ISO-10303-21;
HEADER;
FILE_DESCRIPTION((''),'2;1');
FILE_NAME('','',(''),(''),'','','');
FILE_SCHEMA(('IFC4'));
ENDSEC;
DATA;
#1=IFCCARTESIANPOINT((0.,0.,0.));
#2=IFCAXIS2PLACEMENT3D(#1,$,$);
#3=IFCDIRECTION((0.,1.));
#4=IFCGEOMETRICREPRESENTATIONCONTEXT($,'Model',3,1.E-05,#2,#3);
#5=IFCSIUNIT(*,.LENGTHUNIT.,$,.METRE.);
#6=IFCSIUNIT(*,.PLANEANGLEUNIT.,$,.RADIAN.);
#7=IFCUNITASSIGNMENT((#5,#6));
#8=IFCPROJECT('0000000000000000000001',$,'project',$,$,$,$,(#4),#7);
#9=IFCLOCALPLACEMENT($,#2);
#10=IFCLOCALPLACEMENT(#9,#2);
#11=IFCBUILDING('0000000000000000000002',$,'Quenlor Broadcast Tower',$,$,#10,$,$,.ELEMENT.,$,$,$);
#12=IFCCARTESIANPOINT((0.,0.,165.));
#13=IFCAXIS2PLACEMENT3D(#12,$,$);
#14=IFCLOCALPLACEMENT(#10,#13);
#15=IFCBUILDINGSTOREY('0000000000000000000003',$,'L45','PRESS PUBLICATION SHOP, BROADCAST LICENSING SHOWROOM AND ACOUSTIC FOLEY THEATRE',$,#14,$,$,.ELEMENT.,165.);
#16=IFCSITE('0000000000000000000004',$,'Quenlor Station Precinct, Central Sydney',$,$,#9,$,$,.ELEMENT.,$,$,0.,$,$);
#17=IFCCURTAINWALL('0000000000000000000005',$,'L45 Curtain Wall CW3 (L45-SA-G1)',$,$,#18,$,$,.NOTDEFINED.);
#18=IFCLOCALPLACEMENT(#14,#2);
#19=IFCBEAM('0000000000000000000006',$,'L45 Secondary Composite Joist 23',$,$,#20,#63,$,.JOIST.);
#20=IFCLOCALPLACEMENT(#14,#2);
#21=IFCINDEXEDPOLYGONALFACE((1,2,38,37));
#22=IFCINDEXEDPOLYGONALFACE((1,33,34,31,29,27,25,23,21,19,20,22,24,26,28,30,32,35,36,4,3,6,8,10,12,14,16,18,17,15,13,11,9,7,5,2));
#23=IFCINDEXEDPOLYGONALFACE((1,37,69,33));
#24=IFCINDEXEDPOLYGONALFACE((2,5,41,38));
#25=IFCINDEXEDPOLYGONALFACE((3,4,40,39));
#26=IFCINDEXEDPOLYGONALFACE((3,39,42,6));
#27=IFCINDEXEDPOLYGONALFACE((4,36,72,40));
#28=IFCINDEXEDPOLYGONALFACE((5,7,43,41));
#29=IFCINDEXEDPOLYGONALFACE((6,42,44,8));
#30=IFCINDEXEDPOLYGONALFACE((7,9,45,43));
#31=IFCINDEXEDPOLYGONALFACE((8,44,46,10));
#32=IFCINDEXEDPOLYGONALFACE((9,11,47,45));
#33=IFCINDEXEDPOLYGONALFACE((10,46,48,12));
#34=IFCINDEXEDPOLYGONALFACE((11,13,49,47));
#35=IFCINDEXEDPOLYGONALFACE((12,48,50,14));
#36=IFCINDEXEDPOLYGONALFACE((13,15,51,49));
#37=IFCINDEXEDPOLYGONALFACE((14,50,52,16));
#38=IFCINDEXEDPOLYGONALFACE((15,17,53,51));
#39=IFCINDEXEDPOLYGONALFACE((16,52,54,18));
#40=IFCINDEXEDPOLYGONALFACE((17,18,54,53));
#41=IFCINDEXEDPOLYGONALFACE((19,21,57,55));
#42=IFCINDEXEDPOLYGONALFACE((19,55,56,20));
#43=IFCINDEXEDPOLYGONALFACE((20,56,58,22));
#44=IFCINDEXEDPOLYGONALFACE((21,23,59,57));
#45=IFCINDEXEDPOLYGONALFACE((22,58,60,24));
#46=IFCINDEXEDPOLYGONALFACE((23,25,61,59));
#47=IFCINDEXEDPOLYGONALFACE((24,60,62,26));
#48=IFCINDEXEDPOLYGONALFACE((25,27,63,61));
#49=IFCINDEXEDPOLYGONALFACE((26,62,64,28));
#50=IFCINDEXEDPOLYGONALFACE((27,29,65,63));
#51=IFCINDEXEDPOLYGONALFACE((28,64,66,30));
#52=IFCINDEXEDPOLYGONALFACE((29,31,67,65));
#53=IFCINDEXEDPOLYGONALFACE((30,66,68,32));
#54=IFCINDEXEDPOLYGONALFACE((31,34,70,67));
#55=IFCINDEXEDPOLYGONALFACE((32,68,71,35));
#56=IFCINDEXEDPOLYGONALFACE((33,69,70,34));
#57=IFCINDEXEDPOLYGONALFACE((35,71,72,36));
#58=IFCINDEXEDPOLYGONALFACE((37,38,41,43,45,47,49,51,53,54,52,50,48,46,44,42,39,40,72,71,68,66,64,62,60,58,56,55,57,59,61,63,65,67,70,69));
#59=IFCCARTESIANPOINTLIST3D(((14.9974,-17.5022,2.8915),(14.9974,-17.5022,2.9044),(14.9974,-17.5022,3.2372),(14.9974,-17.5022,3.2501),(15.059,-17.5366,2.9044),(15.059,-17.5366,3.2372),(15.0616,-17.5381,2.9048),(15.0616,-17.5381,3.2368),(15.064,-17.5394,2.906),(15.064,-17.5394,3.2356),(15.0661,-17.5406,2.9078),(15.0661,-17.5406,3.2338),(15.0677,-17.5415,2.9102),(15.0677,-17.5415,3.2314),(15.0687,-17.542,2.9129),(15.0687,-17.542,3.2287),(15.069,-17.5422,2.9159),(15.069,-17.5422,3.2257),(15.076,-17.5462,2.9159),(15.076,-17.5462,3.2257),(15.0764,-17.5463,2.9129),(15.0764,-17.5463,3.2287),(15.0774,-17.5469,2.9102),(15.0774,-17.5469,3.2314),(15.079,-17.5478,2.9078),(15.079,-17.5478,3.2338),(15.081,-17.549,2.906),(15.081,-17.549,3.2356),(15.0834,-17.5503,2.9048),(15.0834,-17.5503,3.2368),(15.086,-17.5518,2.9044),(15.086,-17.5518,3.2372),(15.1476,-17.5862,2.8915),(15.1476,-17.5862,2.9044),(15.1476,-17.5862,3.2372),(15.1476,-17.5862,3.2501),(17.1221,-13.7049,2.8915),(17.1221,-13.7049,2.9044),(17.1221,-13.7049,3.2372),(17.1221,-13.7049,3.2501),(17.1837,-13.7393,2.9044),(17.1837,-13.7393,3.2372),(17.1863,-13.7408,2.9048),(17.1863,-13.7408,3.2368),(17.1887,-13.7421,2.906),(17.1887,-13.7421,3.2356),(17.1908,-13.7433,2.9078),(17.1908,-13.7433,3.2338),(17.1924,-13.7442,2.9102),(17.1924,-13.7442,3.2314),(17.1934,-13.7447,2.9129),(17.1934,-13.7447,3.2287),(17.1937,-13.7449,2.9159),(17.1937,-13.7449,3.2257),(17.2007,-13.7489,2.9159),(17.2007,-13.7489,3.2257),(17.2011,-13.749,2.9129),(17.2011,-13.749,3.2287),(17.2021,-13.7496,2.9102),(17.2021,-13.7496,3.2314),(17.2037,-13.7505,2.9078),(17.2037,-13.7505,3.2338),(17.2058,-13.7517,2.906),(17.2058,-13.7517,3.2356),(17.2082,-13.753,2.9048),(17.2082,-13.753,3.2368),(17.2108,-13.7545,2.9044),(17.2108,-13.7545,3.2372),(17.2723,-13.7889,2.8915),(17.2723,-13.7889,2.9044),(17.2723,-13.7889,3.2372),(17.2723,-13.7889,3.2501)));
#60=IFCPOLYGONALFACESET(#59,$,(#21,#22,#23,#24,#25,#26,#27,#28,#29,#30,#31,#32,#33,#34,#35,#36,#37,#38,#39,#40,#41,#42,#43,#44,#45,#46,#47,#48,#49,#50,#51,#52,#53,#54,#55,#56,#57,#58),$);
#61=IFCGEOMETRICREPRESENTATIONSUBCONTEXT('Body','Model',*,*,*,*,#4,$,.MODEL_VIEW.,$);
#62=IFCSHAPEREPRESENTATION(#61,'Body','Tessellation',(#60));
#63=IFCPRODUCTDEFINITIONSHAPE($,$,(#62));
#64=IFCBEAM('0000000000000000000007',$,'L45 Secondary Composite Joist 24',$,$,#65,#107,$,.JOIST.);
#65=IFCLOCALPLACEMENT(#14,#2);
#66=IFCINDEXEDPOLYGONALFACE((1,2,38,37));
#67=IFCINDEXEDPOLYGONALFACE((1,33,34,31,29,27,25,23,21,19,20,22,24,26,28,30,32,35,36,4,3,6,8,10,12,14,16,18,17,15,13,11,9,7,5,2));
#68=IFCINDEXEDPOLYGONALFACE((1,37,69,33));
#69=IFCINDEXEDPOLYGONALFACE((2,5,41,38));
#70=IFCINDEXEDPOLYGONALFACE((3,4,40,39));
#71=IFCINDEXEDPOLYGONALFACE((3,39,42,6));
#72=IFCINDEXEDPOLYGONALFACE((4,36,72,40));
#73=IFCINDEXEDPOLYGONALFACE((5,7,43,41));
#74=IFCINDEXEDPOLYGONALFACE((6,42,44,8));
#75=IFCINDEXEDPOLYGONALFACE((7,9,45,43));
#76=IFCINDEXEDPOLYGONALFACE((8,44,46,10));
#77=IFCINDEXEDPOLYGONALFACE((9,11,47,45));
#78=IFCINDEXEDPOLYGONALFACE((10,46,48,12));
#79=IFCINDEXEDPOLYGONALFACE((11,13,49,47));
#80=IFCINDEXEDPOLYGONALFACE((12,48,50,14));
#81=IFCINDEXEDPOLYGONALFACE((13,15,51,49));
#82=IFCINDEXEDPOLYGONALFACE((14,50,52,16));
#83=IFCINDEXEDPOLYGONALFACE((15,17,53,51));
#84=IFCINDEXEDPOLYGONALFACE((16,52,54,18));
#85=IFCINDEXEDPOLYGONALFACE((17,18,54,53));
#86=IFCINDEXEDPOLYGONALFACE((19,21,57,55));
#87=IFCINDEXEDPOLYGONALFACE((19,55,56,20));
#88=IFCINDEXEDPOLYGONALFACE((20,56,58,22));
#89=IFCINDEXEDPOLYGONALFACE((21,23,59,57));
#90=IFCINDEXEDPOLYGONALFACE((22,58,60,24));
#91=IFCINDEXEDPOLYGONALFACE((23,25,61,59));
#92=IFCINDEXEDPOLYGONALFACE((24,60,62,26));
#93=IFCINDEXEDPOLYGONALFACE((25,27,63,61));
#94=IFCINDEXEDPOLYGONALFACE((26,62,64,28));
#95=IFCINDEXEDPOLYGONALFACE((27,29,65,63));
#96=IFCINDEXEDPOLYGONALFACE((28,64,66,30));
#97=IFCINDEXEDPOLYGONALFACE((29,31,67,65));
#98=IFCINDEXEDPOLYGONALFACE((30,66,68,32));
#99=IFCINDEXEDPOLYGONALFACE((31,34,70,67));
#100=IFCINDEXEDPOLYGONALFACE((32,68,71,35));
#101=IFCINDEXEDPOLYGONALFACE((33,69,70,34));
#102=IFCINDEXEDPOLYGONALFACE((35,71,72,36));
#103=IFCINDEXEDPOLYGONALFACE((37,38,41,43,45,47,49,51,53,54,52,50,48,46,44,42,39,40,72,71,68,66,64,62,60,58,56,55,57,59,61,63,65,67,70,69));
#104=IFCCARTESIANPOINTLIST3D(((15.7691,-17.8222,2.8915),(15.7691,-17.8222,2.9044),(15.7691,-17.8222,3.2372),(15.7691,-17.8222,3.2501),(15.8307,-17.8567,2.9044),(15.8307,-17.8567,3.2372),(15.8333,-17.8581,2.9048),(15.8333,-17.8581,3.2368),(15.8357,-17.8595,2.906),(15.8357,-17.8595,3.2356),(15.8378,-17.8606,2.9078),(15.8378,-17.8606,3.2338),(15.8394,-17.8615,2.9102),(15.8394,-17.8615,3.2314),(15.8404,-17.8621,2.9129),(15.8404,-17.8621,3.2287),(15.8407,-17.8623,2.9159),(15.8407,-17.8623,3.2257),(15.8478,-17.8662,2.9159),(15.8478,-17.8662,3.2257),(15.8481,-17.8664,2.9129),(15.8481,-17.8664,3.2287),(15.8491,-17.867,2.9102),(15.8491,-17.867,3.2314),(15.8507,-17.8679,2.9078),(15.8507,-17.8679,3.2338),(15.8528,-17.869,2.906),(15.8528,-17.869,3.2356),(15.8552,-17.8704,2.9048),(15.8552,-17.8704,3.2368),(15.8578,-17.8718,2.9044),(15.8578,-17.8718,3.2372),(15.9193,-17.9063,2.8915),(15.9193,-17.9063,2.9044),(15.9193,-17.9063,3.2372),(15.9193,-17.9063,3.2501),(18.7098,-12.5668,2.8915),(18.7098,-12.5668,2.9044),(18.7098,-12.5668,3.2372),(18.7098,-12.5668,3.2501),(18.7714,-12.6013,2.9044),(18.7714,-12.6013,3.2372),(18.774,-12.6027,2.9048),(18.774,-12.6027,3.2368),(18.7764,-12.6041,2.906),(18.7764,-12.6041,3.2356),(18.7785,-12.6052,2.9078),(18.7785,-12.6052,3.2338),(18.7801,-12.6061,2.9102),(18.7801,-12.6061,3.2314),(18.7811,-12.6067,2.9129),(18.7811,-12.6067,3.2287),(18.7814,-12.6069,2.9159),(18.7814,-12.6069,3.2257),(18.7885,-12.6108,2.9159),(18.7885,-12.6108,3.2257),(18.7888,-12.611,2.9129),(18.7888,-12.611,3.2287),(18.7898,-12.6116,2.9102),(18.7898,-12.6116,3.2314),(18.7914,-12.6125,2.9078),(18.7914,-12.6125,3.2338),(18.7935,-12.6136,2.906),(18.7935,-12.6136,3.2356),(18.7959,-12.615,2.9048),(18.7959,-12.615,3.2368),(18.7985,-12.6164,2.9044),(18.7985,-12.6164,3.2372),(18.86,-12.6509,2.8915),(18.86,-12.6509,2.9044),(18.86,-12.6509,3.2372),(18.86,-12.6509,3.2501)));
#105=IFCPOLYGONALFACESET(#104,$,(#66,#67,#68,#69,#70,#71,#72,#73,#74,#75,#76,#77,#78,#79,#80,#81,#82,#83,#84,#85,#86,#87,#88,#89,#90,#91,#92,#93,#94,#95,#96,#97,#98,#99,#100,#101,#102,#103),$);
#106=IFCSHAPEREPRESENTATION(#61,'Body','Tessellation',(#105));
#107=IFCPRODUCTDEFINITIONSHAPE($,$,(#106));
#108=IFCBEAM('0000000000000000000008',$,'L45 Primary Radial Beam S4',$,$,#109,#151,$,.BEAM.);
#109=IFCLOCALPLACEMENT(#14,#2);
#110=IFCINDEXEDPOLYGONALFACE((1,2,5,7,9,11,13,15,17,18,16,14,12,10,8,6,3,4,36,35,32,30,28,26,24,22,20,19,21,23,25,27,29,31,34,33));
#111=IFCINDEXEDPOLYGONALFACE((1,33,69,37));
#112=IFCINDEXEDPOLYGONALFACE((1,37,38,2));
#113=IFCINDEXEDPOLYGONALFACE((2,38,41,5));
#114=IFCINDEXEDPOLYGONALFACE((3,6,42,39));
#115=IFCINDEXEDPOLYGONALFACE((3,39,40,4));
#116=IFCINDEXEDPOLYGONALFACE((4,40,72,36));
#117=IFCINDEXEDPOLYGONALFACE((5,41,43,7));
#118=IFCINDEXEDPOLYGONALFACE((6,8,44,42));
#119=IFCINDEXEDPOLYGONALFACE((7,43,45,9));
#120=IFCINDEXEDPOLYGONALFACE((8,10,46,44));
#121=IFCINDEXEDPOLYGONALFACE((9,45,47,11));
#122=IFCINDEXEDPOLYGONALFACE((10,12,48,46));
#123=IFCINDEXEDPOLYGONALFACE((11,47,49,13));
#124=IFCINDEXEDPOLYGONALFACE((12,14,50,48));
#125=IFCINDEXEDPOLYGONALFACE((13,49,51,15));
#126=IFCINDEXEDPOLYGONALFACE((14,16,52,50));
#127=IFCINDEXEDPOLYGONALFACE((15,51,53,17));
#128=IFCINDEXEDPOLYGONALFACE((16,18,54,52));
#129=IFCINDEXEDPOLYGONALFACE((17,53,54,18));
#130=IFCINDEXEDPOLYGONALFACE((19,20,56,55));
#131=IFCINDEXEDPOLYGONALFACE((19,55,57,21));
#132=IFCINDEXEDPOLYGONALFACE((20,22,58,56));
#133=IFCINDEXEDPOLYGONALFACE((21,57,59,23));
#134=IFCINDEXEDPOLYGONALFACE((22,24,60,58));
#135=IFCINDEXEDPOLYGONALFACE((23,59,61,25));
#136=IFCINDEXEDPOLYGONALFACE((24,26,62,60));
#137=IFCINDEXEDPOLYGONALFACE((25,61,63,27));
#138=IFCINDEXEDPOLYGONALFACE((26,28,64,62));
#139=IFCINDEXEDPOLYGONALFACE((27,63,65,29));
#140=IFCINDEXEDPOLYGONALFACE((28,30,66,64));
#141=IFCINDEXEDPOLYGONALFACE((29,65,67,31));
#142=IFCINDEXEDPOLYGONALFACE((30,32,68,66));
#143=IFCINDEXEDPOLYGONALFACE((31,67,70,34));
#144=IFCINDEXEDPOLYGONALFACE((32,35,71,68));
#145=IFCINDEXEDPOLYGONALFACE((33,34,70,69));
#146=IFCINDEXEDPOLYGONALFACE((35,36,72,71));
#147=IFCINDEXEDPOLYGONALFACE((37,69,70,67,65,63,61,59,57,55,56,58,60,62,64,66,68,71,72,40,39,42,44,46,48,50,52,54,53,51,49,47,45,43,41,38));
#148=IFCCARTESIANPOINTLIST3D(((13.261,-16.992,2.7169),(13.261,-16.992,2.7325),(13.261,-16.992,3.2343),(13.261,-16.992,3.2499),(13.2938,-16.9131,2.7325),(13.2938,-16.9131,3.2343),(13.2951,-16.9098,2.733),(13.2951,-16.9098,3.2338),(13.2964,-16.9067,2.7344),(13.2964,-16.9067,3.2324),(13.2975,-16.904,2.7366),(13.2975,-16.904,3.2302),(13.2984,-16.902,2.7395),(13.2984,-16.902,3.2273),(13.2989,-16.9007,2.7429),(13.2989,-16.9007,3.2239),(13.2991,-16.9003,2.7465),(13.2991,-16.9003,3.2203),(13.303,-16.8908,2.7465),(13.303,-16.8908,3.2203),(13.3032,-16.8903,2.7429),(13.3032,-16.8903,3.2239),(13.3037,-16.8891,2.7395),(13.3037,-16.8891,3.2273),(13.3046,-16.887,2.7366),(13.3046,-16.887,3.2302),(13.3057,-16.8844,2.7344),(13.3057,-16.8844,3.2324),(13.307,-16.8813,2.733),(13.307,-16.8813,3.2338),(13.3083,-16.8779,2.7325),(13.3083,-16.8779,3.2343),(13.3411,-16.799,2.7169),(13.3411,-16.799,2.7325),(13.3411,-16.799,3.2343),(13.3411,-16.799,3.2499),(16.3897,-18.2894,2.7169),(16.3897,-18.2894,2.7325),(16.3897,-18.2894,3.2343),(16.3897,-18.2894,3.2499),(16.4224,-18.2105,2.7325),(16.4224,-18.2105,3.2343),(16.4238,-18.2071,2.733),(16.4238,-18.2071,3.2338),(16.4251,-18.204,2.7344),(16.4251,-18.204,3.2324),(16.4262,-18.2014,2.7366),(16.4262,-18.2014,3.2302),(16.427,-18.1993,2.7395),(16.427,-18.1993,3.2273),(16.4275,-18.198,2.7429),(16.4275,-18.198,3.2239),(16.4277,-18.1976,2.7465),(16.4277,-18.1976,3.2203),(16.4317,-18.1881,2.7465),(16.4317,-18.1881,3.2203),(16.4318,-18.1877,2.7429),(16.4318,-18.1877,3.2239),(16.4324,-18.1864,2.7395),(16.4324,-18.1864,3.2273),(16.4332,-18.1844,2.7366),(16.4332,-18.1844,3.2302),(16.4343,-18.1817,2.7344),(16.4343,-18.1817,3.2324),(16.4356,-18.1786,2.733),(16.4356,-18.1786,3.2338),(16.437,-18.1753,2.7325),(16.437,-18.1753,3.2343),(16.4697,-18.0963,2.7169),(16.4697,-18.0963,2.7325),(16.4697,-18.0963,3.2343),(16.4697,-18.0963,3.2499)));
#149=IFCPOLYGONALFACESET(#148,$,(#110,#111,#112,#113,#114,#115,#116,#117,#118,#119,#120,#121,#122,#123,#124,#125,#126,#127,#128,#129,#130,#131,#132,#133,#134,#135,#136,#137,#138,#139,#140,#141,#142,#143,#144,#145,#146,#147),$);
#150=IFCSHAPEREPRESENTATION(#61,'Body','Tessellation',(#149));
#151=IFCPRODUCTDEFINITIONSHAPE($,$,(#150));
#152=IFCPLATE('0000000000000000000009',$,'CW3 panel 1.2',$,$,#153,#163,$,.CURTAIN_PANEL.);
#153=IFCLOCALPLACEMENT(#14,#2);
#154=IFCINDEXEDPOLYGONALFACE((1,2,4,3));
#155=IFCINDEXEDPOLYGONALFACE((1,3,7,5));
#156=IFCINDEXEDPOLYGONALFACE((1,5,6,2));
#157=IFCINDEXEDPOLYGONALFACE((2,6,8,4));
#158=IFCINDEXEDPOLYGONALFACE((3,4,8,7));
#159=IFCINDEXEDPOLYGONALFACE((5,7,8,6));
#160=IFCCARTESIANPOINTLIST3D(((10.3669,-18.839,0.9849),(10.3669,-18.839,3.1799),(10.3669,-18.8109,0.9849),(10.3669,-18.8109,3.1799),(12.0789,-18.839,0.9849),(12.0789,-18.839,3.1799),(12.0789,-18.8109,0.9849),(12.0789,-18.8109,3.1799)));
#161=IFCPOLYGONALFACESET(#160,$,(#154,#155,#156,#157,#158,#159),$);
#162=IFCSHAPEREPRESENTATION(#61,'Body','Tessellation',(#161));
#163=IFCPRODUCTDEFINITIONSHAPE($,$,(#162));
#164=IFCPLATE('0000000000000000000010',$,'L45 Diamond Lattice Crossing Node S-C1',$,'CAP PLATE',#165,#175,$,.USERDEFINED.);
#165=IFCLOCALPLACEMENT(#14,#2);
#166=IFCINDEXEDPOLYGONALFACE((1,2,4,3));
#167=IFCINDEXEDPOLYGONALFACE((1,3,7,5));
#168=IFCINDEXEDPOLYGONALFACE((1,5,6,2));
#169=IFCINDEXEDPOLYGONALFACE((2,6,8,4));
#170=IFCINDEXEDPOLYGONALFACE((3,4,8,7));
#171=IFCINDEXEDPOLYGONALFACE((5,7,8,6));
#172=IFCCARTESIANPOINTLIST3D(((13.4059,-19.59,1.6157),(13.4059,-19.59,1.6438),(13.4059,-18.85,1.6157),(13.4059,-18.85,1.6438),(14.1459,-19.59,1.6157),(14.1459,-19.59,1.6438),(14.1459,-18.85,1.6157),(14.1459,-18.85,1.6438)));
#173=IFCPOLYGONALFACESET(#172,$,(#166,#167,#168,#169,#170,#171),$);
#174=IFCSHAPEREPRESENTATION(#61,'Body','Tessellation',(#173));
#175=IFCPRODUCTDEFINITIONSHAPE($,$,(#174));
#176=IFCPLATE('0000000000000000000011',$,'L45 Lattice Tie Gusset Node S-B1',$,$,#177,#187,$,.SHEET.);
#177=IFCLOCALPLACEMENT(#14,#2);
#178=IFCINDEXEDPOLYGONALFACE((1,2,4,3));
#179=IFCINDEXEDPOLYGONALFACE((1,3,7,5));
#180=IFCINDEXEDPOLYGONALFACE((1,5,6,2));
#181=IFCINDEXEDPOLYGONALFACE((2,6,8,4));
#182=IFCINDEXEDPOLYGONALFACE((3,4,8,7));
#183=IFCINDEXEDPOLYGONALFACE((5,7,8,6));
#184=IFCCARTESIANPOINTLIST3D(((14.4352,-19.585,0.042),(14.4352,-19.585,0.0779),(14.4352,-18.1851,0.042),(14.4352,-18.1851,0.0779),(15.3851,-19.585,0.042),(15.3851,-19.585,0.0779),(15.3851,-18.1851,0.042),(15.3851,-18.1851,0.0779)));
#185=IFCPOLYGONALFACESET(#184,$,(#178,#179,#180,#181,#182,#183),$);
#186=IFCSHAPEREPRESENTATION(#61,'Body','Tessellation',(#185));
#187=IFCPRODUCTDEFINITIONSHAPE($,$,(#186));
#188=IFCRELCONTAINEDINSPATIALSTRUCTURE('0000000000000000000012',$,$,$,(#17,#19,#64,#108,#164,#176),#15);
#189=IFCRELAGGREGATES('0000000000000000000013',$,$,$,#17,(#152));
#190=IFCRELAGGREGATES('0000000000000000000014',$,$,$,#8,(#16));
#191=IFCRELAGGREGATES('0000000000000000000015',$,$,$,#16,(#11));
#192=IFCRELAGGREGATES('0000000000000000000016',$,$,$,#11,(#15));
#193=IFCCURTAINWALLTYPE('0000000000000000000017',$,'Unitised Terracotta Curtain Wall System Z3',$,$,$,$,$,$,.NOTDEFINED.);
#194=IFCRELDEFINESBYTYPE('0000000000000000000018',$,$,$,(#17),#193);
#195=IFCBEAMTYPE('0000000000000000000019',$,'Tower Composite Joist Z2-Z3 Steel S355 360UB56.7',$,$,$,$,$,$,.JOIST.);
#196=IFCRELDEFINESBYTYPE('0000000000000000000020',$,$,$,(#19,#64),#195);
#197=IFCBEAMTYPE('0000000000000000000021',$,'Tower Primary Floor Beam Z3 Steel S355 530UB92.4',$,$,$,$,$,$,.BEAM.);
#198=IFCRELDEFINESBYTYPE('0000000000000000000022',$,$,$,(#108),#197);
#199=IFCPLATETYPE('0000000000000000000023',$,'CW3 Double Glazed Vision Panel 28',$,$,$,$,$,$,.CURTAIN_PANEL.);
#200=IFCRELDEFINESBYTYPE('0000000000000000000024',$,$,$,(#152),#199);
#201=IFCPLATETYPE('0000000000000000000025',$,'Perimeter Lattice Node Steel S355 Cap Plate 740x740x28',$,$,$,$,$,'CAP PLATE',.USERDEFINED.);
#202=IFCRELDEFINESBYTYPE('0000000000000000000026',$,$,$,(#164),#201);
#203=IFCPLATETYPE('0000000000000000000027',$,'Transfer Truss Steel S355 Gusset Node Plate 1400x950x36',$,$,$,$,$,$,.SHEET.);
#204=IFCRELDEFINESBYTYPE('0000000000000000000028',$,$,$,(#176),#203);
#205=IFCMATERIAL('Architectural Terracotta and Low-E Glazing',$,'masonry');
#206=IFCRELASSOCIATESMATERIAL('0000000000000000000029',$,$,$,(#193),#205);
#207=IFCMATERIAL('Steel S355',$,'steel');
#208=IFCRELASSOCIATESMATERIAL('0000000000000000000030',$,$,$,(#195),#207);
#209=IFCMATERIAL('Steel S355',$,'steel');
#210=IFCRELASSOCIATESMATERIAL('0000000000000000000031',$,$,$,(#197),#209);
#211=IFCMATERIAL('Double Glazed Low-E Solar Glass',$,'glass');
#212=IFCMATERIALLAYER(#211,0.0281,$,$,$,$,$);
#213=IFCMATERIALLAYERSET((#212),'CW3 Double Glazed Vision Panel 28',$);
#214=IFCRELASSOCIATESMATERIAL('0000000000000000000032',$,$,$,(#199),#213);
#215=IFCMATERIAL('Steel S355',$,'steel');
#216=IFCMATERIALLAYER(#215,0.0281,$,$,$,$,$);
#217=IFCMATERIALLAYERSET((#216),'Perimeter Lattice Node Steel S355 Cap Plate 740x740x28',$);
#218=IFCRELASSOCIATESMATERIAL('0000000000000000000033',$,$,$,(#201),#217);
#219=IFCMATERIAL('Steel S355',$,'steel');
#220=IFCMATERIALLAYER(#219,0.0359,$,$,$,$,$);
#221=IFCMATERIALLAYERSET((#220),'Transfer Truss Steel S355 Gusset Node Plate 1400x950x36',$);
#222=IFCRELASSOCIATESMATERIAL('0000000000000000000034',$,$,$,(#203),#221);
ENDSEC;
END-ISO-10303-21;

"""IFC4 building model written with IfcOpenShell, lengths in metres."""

from ifc_helpers import new_model, si_unit, direction, frame, origin, origin_2d, place, context, subcontext, project, spatial, rectangle, i_section, extrude, material, layer, layer_set, material_profile, profile_set, type_object, element, aggregate, save


model = new_model("IFC4")

# Units and contexts
model_context = context("Model", 3, precision=1e-05, world=origin(), true_north=direction((0.0, 1.0)))
body_context = subcontext(model_context, "Body", "Model", "MODEL_VIEW")
ifc_project = project(units=[si_unit("LENGTHUNIT", "METRE"), si_unit("PLANEANGLEUNIT", "RADIAN")], contexts=[model_context])

# Site, building, storey
site_placement = place(None, origin())
site = spatial("IfcSite", under=ifc_project, at=site_placement, Name="Quenlor Station Precinct, Central Sydney", CompositionType="ELEMENT", RefElevation=0.0)
building_placement = place(site_placement, origin())
building = spatial("IfcBuilding", under=site, at=building_placement, Name="Quenlor Broadcast Tower", CompositionType="ELEMENT")
storey_placement = place(building_placement, frame((0.0, 0.0, 165.0)))
storey = spatial("IfcBuildingStorey", under=building, at=storey_placement, Name="L45", Description="PRESS PUBLICATION SHOP, BROADCAST LICENSING SHOWROOM AND ACOUSTIC FOLEY THEATRE", CompositionType="ELEMENT", Elevation=165.0)

# Curtain wall
ifc_material_1 = material(Name="Architectural Terracotta and Low-E Glazing", Category="masonry")
curtain_wall_type = type_object("IfcCurtainWallType", Name="Unitised Terracotta Curtain Wall System Z3", PredefinedType="NOTDEFINED", material=ifc_material_1)
curtain_wall_placement = place(storey_placement, origin())
curtain_wall = element("IfcCurtainWall", 1, at=curtain_wall_placement, inside=storey, type_object=curtain_wall_type, Name="L45 Curtain Wall CW3 (L45-SA-G1)", PredefinedType="NOTDEFINED")

# Beams
ifc_material_2 = material(Name="Steel S355", Category="steel")
ifc_material_profile_1 = material_profile(ifc_material_2, i_section(OverallWidth=0.1721, OverallDepth=0.3586, WebThickness=0.0081, FlangeThickness=0.0129, FilletRadius=0.0115, at=origin_2d()))
ifc_profile_set_1 = profile_set([ifc_material_profile_1], Name="Steel S355 360UB56.7")
beam_type_1 = type_object("IfcBeamType", Name="Tower Composite Joist Z2-Z3 Steel S355 360UB56.7", PredefinedType="JOIST", material=ifc_profile_set_1)
beam_1_placement = place(storey_placement, frame((15.0725, -17.5442, 3.0708), z_axis=(0.488294, 0.872679, 0.0), x_axis=(-0.872679, 0.488294, 0.0)))
element("IfcBeam", 2, at=beam_1_placement, inside=storey, type_object=beam_type_1, Name="L45 Secondary Composite Joist 23", PredefinedType="JOIST", context=body_context, shape_type="SweptSolid", body=[
    extrude(i_section(OverallWidth=0.1721, OverallDepth=0.3586, WebThickness=0.0081, FlangeThickness=0.0129, FilletRadius=0.0115, at=origin_2d()), origin(), (0.0, 0.0, 1.0), 4.3513),
])
beam_2_placement = place(storey_placement, frame((15.8442, -17.8643, 3.0708), z_axis=(0.488308, 0.872671, 0.0), x_axis=(-0.872671, 0.488308, 0.0)))
element("IfcBeam", 3, at=beam_2_placement, inside=storey, type_object=beam_type_1, Name="L45 Secondary Composite Joist 24", PredefinedType="JOIST", context=body_context, shape_type="SweptSolid", body=[
    extrude(i_section(OverallWidth=0.1721, OverallDepth=0.3586, WebThickness=0.0081, FlangeThickness=0.0129, FilletRadius=0.0115, at=origin_2d()), origin(), (0.0, 0.0, 1.0), 6.0222),
])
ifc_material_3 = material(Name="Steel S355", Category="steel")
ifc_material_profile_2 = material_profile(ifc_material_3, i_section(OverallWidth=0.209, OverallDepth=0.533, WebThickness=0.0103, FlangeThickness=0.0156, FilletRadius=0.0139, at=origin_2d()))
ifc_profile_set_2 = profile_set([ifc_material_profile_2], Name="Steel S355 530UB92.4")
beam_type_2 = type_object("IfcBeamType", Name="Tower Primary Floor Beam Z3 Steel S355 530UB92.4", PredefinedType="BEAM", material=ifc_profile_set_2)
beam_3_placement = place(storey_placement, frame((16.4297, -18.1929, 2.9834), z_axis=(-0.92373, 0.383044, 0.0), x_axis=(-0.383044, -0.92373, 0.0)))
element("IfcBeam", 4, at=beam_3_placement, inside=storey, type_object=beam_type_2, Name="L45 Primary Radial Beam S4", PredefinedType="BEAM", context=body_context, shape_type="SweptSolid", body=[
    extrude(i_section(OverallWidth=0.209, OverallDepth=0.533, WebThickness=0.0103, FlangeThickness=0.0156, FilletRadius=0.0139, at=origin_2d()), origin(), (0.0, 0.0, 1.0), 3.387),
])

# Plate
ifc_material_4 = material(Name="Double Glazed Low-E Solar Glass", Category="glass")
ifc_layer_1 = layer(ifc_material_4, 0.0281)
ifc_layer_set_1 = layer_set([ifc_layer_1], Name="CW3 Double Glazed Vision Panel 28")
plate_type_1 = type_object("IfcPlateType", Name="CW3 Double Glazed Vision Panel 28", PredefinedType="CURTAIN_PANEL", material=ifc_layer_set_1)
plate_1_placement = place(storey_placement, frame((11.2229, -18.825, 0.9849), z_axis=(0.0, 0.0, 1.0), x_axis=(-1.0, 0.0, 0.0)))
plate_1 = element("IfcPlate", 5, at=plate_1_placement, type_object=plate_type_1, Name="CW3 panel 1.2", PredefinedType="CURTAIN_PANEL", context=body_context, shape_type="SweptSolid", body=[
    extrude(rectangle(XDim=1.7119, YDim=0.0281, at=origin_2d()), origin(), (0.0, 0.0, 1.0), 2.1951),
])
aggregate(curtain_wall, [plate_1])

# Plates
ifc_material_5 = material(Name="Steel S355", Category="steel")
ifc_layer_2 = layer(ifc_material_5, 0.0281)
ifc_layer_set_2 = layer_set([ifc_layer_2], Name="Perimeter Lattice Node Steel S355 Cap Plate 740x740x28")
plate_type_2 = type_object("IfcPlateType", Name="Perimeter Lattice Node Steel S355 Cap Plate 740x740x28", ElementType="CAP PLATE", PredefinedType="USERDEFINED", material=ifc_layer_set_2)
plate_2_placement = place(storey_placement, frame((13.7759, -19.22, 1.6157), z_axis=(0.0, 0.0, 1.0), x_axis=(-1.0, 0.0, 0.0)))
element("IfcPlate", 6, at=plate_2_placement, inside=storey, type_object=plate_type_2, Name="L45 Diamond Lattice Crossing Node S-C1", ObjectType="CAP PLATE", PredefinedType="USERDEFINED", context=body_context, shape_type="SweptSolid", body=[
    extrude(rectangle(XDim=0.74, YDim=0.74, at=origin_2d()), origin(), (0.0, 0.0, 1.0), 0.0281),
])
ifc_material_6 = material(Name="Steel S355", Category="steel")
ifc_layer_3 = layer(ifc_material_6, 0.0359)
ifc_layer_set_3 = layer_set([ifc_layer_3], Name="Transfer Truss Steel S355 Gusset Node Plate 1400x950x36")
plate_type_3 = type_object("IfcPlateType", Name="Transfer Truss Steel S355 Gusset Node Plate 1400x950x36", PredefinedType="SHEET", material=ifc_layer_set_3)
for number, where, z_axis, x_axis, name in (
    (7, (14.9102, -18.885, 0.042), (0.0, 0.0, 1.0), (0.0, -1.0, 0.0), "L45 Lattice Tie Gusset Node S-B1"),
):
    element("IfcPlate", number, at=place(storey_placement, frame(where, z_axis=z_axis, x_axis=x_axis)), inside=storey, type_object=plate_type_3, Name=name, PredefinedType="SHEET", context=body_context, shape_type="SweptSolid", body=[
        extrude(rectangle(XDim=1.3999, YDim=0.95, at=origin_2d()), origin(), (0.0, 0.0, 1.0), 0.0359),
    ])

save(model, "model.ifc")
